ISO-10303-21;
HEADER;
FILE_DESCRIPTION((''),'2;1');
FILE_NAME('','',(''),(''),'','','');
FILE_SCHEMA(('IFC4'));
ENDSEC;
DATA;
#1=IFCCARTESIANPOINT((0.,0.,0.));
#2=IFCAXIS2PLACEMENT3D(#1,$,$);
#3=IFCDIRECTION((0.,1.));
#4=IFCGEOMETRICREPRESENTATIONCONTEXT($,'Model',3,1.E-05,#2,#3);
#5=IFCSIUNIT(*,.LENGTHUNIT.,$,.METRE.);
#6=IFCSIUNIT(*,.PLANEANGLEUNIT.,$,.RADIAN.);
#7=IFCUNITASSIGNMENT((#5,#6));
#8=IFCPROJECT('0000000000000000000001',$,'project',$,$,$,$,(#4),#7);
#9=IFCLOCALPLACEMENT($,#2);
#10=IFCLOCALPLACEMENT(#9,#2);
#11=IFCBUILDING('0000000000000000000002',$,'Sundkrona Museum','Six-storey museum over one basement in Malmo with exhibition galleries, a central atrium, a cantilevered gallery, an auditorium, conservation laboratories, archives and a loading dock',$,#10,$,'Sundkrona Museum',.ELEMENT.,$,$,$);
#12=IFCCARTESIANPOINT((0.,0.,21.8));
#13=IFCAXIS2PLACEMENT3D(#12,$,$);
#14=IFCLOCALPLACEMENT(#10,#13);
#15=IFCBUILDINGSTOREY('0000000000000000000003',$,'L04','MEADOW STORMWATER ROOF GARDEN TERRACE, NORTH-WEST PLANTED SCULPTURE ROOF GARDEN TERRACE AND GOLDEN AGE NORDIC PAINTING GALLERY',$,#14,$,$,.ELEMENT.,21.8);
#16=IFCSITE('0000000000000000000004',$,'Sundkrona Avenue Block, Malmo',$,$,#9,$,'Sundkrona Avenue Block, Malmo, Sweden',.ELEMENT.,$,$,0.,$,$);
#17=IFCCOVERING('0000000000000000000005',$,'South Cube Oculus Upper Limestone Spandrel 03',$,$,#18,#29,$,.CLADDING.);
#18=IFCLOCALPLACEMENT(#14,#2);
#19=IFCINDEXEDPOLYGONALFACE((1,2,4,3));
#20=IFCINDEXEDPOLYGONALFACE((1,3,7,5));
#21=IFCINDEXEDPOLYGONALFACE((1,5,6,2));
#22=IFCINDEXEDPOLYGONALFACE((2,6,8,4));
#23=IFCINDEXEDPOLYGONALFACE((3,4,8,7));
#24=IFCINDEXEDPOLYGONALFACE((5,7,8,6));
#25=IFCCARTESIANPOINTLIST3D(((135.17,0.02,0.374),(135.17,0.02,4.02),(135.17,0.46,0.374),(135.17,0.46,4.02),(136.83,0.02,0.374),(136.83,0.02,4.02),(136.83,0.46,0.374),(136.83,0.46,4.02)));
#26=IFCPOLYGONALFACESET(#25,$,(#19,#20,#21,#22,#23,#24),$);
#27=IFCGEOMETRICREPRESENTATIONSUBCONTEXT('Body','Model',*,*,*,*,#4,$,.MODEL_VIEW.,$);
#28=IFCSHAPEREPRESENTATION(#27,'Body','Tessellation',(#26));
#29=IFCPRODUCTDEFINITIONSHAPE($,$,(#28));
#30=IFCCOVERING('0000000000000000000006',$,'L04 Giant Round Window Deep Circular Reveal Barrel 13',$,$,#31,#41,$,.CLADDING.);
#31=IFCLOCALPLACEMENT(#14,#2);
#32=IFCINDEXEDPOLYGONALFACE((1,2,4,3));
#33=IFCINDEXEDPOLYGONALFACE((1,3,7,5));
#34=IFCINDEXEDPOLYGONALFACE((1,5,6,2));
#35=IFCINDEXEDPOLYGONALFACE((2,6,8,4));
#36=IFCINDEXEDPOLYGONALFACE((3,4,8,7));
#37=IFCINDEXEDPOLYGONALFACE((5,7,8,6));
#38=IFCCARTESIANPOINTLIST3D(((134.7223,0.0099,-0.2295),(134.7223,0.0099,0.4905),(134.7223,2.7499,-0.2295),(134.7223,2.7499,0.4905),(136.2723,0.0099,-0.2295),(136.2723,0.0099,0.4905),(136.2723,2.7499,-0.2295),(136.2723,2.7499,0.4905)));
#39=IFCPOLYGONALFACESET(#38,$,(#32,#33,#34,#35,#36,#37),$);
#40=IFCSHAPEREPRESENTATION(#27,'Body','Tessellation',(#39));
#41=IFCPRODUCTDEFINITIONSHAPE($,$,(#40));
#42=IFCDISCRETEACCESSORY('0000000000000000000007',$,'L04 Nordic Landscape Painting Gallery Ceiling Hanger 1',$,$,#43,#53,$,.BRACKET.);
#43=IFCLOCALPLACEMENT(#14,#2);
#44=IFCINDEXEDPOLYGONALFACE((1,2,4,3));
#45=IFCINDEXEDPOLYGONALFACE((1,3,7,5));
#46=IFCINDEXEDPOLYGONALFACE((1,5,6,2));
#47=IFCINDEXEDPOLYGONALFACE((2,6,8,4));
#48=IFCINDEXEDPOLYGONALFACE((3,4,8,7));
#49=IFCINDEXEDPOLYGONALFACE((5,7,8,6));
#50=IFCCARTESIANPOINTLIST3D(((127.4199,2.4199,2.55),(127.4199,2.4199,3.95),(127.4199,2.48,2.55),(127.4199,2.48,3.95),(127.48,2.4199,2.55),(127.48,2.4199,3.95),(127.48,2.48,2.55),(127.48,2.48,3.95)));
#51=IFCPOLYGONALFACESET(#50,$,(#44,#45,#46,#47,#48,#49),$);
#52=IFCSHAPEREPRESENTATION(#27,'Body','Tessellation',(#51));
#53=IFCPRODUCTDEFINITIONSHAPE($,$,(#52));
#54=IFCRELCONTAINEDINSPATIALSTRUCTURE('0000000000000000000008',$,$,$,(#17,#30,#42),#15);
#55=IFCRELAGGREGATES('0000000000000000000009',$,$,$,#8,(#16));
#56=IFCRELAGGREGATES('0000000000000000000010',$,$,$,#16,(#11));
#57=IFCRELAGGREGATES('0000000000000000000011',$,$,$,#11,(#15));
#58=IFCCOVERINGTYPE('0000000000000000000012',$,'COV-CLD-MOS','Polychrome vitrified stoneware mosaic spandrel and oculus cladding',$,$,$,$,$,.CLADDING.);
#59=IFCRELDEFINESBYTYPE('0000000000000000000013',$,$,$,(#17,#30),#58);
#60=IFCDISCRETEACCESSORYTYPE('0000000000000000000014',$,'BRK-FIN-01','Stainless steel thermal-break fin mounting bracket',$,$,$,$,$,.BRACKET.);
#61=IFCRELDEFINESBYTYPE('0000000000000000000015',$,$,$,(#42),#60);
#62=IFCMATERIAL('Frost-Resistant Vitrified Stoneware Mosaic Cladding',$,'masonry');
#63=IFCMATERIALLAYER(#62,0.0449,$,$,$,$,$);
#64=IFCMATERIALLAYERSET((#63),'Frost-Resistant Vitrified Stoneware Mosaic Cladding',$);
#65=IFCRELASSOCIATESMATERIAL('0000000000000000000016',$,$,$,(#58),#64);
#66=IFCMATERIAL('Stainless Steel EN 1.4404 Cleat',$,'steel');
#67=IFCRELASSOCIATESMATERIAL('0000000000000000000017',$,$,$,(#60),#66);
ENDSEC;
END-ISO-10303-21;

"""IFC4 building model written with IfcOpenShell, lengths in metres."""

from ifc_helpers import new_model, si_unit, direction, frame, origin, origin_2d, place, context, subcontext, project, spatial, rectangle, extrude, material, layer, layer_set, type_object, element, save


model = new_model("IFC4")

# Units and contexts
model_context = context("Model", 3, precision=1e-05, world=origin(), true_north=direction((0.0, 1.0)))
body_context = subcontext(model_context, "Body", "Model", "MODEL_VIEW")
ifc_project = project(units=[si_unit("LENGTHUNIT", "METRE"), si_unit("PLANEANGLEUNIT", "RADIAN")], contexts=[model_context])

# Site, building, storey
site_placement = place(None, origin())
site = spatial("IfcSite", under=ifc_project, at=site_placement, Name="Sundkrona Avenue Block, Malmo", LongName="Sundkrona Avenue Block, Malmo, Sweden", CompositionType="ELEMENT", RefElevation=0.0)
building_placement = place(site_placement, origin())
building = spatial("IfcBuilding", under=site, at=building_placement, Name="Sundkrona Museum", Description="Six-storey museum over one basement in Malmo with exhibition galleries, a central atrium, a cantilevered gallery, an auditorium, conservation laboratories, archives and a loading dock", LongName="Sundkrona Museum", CompositionType="ELEMENT")
storey_placement = place(building_placement, frame((0.0, 0.0, 21.8)))
storey = spatial("IfcBuildingStorey", under=building, at=storey_placement, Name="L04", Description="MEADOW STORMWATER ROOF GARDEN TERRACE, NORTH-WEST PLANTED SCULPTURE ROOF GARDEN TERRACE AND GOLDEN AGE NORDIC PAINTING GALLERY", CompositionType="ELEMENT", Elevation=21.8)

# Coverings
ifc_material_1 = material(Name="Frost-Resistant Vitrified Stoneware Mosaic Cladding", Category="masonry")
ifc_layer_1 = layer(ifc_material_1, 0.0449)
ifc_layer_set_1 = layer_set([ifc_layer_1], Name="Frost-Resistant Vitrified Stoneware Mosaic Cladding")
covering_type = type_object("IfcCoveringType", Name="COV-CLD-MOS", Description="Polychrome vitrified stoneware mosaic spandrel and oculus cladding", PredefinedType="CLADDING", material=ifc_layer_set_1)
covering_1_placement = place(storey_placement, frame((136.0, 0.24, 0.374), z_axis=(0.0, 0.0, 1.0), x_axis=(1.0, 0.0, 0.0)))
element("IfcCovering", 1, at=covering_1_placement, inside=storey, type_object=covering_type, Name="South Cube Oculus Upper Limestone Spandrel 03", PredefinedType="CLADDING", context=body_context, shape_type="SweptSolid", body=[
    extrude(rectangle(XDim=1.6599, YDim=0.4399, at=origin_2d()), origin(), (0.0, 0.0, 1.0), 3.646),
])
covering_2_placement = place(storey_placement, frame((135.4973, 1.3799, -0.2295), z_axis=(0.0, 0.0, 1.0), x_axis=(1.0, 0.0, 0.0)))
element("IfcCovering", 2, at=covering_2_placement, inside=storey, type_object=covering_type, Name="L04 Giant Round Window Deep Circular Reveal Barrel 13", PredefinedType="CLADDING", context=body_context, shape_type="SweptSolid", body=[
    extrude(rectangle(XDim=1.55, YDim=2.74, at=origin_2d()), origin(), (0.0, 0.0, 1.0), 0.72),
])

# Discrete accessory
ifc_material_2 = material(Name="Stainless Steel EN 1.4404 Cleat", Category="steel")
discrete_accessory_type = type_object("IfcDiscreteAccessoryType", Name="BRK-FIN-01", Description="Stainless steel thermal-break fin mounting bracket", PredefinedType="BRACKET", material=ifc_material_2)
discrete_accessory_placement = place(storey_placement, frame((127.45, 2.45, 2.55), z_axis=(0.0, 0.0, 1.0), x_axis=(1.0, 0.0, 0.0)))
element("IfcDiscreteAccessory", 3, at=discrete_accessory_placement, inside=storey, type_object=discrete_accessory_type, Name="L04 Nordic Landscape Painting Gallery Ceiling Hanger 1", PredefinedType="BRACKET", context=body_context, shape_type="SweptSolid", body=[
    extrude(rectangle(XDim=0.0601, YDim=0.0601, at=origin_2d()), origin(), (0.0, 0.0, 1.0), 1.3999),
])

save(model, "model.ifc")
